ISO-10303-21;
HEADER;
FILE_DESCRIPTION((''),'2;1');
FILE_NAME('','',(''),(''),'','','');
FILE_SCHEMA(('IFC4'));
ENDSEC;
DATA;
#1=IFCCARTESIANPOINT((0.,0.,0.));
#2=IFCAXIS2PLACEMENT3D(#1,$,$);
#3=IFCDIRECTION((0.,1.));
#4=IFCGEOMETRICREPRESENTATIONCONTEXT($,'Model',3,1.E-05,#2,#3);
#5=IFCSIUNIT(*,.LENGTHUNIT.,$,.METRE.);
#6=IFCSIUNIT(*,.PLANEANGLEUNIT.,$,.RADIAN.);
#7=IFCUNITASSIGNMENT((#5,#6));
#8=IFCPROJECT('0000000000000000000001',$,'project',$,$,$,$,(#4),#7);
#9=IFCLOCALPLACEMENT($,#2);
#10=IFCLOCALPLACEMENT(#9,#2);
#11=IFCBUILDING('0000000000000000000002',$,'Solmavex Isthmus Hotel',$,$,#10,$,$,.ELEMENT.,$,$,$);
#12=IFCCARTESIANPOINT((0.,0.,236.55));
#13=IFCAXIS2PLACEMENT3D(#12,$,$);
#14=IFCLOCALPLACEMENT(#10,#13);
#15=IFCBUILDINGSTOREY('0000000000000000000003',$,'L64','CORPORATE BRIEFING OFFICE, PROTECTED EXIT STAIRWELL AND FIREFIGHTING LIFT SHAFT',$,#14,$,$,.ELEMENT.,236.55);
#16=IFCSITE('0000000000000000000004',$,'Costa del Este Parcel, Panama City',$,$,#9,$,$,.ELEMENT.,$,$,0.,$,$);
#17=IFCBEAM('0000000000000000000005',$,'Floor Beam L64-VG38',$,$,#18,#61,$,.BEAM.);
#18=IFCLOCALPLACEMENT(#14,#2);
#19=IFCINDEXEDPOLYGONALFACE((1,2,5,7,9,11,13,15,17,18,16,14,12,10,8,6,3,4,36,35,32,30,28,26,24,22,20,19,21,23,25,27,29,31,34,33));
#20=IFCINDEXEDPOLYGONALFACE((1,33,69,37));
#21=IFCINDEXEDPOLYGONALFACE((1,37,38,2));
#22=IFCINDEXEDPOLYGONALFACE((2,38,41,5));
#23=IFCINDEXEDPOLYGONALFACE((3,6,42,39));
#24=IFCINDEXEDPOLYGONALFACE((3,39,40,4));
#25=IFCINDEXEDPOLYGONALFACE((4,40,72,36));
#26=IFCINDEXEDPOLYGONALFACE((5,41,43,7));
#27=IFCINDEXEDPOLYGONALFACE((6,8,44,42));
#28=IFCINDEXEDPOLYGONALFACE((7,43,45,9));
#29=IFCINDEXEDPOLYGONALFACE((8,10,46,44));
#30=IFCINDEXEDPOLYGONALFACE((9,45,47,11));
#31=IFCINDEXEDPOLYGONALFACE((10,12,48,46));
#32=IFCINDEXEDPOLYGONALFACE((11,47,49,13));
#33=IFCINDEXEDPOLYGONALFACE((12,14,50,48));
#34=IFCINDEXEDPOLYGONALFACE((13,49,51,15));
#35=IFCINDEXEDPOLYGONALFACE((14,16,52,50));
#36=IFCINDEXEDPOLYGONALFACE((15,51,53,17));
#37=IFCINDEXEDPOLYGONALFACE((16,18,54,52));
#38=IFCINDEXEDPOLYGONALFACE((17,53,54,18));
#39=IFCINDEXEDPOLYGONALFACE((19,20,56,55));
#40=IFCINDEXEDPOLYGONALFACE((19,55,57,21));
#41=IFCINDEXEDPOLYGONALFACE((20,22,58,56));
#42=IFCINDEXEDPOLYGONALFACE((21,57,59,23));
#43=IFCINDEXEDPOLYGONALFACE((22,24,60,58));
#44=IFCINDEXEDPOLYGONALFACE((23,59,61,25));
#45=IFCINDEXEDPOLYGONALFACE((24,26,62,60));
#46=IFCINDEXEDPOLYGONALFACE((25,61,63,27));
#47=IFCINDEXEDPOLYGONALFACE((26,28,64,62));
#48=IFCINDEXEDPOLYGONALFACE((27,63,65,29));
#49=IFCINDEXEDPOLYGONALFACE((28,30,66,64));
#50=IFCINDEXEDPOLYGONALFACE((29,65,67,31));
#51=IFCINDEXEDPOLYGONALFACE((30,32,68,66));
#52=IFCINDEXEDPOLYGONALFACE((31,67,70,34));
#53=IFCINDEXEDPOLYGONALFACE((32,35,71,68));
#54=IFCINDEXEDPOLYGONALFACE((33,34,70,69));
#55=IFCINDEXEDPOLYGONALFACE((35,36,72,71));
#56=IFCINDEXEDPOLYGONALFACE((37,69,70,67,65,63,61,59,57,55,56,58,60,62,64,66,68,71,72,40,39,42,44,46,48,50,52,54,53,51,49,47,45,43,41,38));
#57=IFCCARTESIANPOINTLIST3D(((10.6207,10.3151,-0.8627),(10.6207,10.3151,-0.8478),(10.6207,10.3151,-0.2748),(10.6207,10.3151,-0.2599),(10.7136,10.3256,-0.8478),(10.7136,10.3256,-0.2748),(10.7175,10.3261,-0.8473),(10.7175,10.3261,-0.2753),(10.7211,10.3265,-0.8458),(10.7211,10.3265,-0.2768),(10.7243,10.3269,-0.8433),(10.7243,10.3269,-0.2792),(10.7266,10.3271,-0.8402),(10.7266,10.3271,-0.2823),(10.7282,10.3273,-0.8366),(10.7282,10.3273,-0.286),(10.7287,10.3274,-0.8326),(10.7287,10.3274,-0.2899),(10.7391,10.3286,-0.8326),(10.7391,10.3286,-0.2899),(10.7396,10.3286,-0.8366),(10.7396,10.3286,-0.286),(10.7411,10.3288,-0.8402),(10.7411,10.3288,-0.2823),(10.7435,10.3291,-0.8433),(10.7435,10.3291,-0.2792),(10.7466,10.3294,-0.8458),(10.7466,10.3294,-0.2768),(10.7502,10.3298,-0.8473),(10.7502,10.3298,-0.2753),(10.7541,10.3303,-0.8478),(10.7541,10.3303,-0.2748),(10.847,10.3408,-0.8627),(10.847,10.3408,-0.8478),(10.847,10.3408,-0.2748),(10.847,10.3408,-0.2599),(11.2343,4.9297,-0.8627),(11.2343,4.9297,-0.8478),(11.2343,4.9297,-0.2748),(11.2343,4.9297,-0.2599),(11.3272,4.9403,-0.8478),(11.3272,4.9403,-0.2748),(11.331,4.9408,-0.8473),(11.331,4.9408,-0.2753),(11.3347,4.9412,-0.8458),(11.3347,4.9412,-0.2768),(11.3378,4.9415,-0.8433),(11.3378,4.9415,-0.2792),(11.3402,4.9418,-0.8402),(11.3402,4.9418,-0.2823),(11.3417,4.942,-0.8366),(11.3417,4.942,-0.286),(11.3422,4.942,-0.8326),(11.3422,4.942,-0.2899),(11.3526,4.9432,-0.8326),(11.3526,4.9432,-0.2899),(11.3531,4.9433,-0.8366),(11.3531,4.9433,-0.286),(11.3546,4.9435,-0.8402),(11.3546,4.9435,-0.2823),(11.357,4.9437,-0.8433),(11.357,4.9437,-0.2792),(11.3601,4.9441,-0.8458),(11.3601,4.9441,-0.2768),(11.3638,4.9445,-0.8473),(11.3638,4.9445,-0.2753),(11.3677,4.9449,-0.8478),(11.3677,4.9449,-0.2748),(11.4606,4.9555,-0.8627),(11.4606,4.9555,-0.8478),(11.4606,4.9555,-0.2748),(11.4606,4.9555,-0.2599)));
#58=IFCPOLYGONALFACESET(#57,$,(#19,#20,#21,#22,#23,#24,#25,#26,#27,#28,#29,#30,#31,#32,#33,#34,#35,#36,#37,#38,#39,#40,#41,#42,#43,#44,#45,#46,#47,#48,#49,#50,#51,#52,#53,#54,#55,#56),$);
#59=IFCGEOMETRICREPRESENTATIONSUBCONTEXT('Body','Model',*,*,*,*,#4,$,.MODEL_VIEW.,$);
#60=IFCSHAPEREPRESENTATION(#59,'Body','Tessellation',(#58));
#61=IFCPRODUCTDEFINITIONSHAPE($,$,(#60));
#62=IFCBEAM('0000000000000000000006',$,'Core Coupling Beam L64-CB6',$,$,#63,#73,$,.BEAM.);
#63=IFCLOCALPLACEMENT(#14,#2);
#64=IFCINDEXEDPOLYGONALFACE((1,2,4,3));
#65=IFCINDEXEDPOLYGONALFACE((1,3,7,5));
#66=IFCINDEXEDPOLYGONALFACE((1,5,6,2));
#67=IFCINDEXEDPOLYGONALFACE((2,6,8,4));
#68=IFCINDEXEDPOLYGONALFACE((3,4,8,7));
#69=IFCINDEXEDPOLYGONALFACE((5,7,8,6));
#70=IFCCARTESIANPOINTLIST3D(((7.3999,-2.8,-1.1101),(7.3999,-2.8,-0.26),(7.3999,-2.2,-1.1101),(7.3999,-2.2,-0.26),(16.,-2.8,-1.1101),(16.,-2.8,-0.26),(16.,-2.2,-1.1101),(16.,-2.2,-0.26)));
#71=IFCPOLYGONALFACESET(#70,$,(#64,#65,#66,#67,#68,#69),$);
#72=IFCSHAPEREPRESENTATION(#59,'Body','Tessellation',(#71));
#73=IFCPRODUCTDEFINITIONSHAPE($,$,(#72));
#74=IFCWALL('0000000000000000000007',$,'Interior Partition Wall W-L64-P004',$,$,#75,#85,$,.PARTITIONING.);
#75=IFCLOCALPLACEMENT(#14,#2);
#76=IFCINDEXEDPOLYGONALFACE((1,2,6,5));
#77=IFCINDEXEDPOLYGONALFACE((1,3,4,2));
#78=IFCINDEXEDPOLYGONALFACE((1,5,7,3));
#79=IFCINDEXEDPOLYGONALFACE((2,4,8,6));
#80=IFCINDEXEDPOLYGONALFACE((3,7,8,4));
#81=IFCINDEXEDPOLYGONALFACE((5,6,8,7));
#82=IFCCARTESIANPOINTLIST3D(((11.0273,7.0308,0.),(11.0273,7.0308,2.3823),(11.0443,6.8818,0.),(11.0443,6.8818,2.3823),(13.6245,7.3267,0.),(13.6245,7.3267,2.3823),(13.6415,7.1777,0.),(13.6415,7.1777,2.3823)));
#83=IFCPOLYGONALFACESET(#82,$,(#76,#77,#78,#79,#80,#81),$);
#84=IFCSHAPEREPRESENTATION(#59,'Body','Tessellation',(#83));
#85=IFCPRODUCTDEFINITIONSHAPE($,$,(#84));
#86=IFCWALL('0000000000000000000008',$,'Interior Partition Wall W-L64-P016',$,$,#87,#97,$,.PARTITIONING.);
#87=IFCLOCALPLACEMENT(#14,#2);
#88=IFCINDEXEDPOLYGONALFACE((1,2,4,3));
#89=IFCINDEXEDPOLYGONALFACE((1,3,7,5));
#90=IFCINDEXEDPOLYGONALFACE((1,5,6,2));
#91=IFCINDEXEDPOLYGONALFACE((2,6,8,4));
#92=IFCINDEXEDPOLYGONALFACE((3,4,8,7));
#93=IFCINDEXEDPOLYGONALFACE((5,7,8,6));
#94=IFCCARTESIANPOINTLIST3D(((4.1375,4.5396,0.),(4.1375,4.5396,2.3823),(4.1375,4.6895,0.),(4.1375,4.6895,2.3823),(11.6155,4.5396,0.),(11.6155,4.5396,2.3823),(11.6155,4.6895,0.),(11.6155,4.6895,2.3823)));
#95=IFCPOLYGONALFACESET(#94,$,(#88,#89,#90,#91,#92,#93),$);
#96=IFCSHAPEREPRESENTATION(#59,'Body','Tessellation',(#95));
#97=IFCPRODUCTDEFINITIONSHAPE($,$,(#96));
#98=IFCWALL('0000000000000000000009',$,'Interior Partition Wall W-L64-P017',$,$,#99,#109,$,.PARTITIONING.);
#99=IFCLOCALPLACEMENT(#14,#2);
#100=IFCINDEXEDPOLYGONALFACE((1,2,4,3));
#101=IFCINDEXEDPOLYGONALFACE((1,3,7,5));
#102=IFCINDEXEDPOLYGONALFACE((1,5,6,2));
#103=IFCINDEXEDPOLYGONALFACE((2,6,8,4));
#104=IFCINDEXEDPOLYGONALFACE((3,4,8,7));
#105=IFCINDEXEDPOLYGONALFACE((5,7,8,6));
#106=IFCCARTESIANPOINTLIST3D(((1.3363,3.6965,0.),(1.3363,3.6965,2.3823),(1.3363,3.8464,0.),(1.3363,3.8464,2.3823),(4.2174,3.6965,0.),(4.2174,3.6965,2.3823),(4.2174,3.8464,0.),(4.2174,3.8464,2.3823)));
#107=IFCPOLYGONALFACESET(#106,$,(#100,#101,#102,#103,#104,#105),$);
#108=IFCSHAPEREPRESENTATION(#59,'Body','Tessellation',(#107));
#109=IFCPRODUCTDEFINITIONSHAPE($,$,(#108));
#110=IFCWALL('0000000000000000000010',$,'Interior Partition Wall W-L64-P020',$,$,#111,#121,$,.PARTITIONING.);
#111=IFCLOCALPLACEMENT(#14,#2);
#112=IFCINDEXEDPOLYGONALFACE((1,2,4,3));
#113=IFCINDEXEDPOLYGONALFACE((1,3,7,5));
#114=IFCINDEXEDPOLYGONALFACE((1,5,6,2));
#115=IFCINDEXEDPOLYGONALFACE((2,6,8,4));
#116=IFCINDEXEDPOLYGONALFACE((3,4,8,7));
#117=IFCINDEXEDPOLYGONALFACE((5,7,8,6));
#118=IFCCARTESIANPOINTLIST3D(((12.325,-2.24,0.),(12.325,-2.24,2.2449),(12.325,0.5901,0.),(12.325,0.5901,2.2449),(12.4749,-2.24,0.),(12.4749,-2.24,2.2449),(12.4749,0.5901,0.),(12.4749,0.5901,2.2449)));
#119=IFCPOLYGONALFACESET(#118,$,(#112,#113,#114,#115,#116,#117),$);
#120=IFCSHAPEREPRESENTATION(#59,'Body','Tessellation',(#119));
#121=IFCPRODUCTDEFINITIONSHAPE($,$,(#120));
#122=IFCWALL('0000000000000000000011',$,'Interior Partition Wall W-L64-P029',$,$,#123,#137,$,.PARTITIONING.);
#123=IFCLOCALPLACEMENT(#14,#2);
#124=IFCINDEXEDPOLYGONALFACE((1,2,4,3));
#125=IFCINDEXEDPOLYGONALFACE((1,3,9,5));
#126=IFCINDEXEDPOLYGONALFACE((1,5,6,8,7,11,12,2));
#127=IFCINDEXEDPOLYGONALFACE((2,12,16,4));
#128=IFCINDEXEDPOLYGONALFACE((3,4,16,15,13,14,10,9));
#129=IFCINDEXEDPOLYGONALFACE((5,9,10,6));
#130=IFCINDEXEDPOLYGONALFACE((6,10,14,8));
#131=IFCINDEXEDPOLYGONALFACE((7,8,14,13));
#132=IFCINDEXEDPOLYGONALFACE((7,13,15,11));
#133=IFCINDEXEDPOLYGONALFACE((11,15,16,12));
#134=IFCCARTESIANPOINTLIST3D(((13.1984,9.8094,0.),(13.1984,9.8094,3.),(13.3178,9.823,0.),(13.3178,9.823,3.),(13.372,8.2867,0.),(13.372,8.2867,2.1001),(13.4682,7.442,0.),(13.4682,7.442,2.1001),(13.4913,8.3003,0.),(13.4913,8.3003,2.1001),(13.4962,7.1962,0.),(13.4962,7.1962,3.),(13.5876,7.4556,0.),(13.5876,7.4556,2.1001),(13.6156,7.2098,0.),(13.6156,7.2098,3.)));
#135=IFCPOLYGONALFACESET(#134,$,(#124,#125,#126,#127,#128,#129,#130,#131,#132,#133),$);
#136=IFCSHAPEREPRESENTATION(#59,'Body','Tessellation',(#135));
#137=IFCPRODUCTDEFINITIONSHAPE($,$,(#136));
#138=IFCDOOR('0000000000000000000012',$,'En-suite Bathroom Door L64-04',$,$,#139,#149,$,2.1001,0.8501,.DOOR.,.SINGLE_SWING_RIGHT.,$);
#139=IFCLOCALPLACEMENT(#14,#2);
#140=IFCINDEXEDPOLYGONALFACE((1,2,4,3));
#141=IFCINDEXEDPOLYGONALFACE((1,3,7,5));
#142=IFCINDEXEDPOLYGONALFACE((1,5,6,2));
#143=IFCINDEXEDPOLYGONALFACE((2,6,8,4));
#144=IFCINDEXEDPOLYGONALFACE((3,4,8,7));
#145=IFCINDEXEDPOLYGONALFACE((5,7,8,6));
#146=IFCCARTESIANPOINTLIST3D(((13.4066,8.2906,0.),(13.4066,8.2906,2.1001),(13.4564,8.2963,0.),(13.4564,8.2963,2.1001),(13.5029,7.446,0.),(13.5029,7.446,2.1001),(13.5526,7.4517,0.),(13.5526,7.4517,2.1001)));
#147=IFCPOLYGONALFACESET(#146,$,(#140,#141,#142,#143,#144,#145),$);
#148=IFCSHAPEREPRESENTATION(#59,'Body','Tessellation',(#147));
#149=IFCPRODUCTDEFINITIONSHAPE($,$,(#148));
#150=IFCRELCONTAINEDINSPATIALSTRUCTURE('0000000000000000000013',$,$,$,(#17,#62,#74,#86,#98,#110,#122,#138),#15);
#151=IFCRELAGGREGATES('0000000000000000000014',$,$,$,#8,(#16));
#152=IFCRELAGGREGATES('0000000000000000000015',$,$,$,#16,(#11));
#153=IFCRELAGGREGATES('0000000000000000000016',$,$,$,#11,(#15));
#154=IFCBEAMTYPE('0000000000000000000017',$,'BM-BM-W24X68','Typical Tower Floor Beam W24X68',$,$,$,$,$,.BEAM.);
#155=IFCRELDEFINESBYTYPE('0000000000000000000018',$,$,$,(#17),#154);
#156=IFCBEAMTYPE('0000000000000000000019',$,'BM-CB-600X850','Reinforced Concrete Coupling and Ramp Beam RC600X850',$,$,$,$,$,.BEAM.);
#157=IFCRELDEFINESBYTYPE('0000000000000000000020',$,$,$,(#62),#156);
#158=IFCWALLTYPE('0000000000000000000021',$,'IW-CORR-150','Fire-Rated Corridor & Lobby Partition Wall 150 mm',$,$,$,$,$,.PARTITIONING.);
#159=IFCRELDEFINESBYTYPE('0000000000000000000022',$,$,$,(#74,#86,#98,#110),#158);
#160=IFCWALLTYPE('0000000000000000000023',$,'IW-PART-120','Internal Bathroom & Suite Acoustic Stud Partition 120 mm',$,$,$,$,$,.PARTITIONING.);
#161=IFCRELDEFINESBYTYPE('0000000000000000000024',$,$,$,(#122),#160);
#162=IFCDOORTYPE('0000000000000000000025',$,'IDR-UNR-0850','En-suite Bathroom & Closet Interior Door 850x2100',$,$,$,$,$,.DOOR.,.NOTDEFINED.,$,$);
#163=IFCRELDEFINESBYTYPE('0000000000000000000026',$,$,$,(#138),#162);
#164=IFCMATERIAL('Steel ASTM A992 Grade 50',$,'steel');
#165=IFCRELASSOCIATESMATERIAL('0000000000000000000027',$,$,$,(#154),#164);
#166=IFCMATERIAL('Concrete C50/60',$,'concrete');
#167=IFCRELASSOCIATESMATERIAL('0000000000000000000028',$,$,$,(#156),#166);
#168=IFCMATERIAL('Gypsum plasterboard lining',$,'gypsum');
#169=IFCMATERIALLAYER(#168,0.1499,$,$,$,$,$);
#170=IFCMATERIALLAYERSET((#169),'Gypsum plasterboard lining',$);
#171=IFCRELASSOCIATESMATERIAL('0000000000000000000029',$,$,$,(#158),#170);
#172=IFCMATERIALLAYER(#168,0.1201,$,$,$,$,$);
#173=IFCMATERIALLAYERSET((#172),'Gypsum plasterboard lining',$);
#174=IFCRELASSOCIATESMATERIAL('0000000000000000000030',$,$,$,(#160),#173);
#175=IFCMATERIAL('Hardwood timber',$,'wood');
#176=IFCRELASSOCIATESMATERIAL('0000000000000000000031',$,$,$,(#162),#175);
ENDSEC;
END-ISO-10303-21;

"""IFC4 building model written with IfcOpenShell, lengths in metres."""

from ifc_helpers import new_model, si_unit, direction, frame, frame_2d, origin, origin_2d, place, context, subcontext, project, spatial, rectangle, i_section, extrude, material, layer, layer_set, material_profile, profile_set, type_object, element, fill, save


model = new_model("IFC4")

# Units and contexts
model_context = context("Model", 3, precision=1e-05, world=origin(), true_north=direction((0.0, 1.0)))
body_context = subcontext(model_context, "Body", "Model", "MODEL_VIEW")
ifc_project = project(units=[si_unit("LENGTHUNIT", "METRE"), si_unit("PLANEANGLEUNIT", "RADIAN")], contexts=[model_context])

# Site, building, storey
site_placement = place(None, origin())
site = spatial("IfcSite", under=ifc_project, at=site_placement, Name="Costa del Este Parcel, Panama City", CompositionType="ELEMENT", RefElevation=0.0)
building_placement = place(site_placement, origin())
building = spatial("IfcBuilding", under=site, at=building_placement, Name="Solmavex Isthmus Hotel", CompositionType="ELEMENT")
storey_placement = place(building_placement, frame((0.0, 0.0, 236.55)))
storey = spatial("IfcBuildingStorey", under=building, at=storey_placement, Name="L64", Description="CORPORATE BRIEFING OFFICE, PROTECTED EXIT STAIRWELL AND FIREFIGHTING LIFT SHAFT", CompositionType="ELEMENT", Elevation=236.55)

# Shared definitions
ifc_material_1 = material(Name="Concrete C50/60", Category="concrete")

# Beams
ifc_material_2 = material(Name="Steel ASTM A992 Grade 50", Category="steel")
ifc_material_profile_1 = material_profile(ifc_material_2, i_section(OverallWidth=0.2278, OverallDepth=0.6028, WebThickness=0.0105, FlangeThickness=0.0149, FilletRadius=0.0151, at=origin_2d()), Name="W24X68")
ifc_profile_set_1 = profile_set([ifc_material_profile_1], Name="Steel ASTM A992 Grade 50")
beam_type_1 = type_object("IfcBeamType", Name="BM-BM-W24X68", Description="Typical Tower Floor Beam W24X68", PredefinedType="BEAM", material=ifc_profile_set_1)
beam_1_placement = place(storey_placement, frame((11.3474, 4.9426, -0.5613), z_axis=(-0.113195, 0.993573, 0.0), x_axis=(-0.993573, -0.113195, 0.0)))
element("IfcBeam", 1, at=beam_1_placement, inside=storey, type_object=beam_type_1, Name="Floor Beam L64-VG38", PredefinedType="BEAM", context=body_context, shape_type="SweptSolid", body=[
    extrude(i_section(OverallWidth=0.2278, OverallDepth=0.6028, WebThickness=0.0105, FlangeThickness=0.0149, FilletRadius=0.0151, at=origin_2d()), origin(), (0.0, 0.0, 1.0), 5.4202),
])
ifc_material_profile_2 = material_profile(ifc_material_1, rectangle(XDim=0.6001, YDim=0.8501, at=origin_2d()), Name="RC600X850")
ifc_profile_set_2 = profile_set([ifc_material_profile_2], Name="Concrete C50/60")
beam_type_2 = type_object("IfcBeamType", Name="BM-CB-600X850", Description="Reinforced Concrete Coupling and Ramp Beam RC600X850", PredefinedType="BEAM", material=ifc_profile_set_2)
beam_2_placement = place(storey_placement, frame((7.3999, -2.5, -0.6851), z_axis=(1.0, 0.0, 0.0), x_axis=(0.0, 1.0, 0.0)))
element("IfcBeam", 2, at=beam_2_placement, inside=storey, type_object=beam_type_2, Name="Core Coupling Beam L64-CB6", PredefinedType="BEAM", context=body_context, shape_type="SweptSolid", body=[
    extrude(rectangle(XDim=0.6001, YDim=0.8501, at=origin_2d()), origin(), (0.0, 0.0, 1.0), 8.6001),
])

# Shared definitions
ifc_material_3 = material(Name="Gypsum plasterboard lining", Category="gypsum")
ifc_layer_1 = layer(ifc_material_3, 0.1499)
ifc_layer_set_1 = layer_set([ifc_layer_1], Name="Gypsum plasterboard lining")
wall_type_1 = type_object("IfcWallType", Name="IW-CORR-150", Description="Fire-Rated Corridor & Lobby Partition Wall 150 mm", PredefinedType="PARTITIONING", material=ifc_layer_set_1)
ifc_material_4 = material(Name="Hardwood timber", Category="wood")

# Walls
wall_1_placement = place(storey_placement, frame((11.0356, 6.9563, 0.0), z_axis=(0.0, 0.0, 1.0), x_axis=(0.993572, 0.113199, 0.0)))
element("IfcWall", 3, at=wall_1_placement, inside=storey, type_object=wall_type_1, Name="Interior Partition Wall W-L64-P004", PredefinedType="PARTITIONING", context=body_context, shape_type="SweptSolid", body=[
    extrude(rectangle(XDim=2.614, YDim=0.1499, at=frame_2d((1.3071, 0.0))), origin(), (0.0, 0.0, 1.0), 2.3823),
])
wall_2_placement = place(storey_placement, frame((11.6155, 4.6145, 0.0), z_axis=(0.0, 0.0, 1.0), x_axis=(-1.0, 0.0, 0.0)))
element("IfcWall", 4, at=wall_2_placement, inside=storey, type_object=wall_type_1, Name="Interior Partition Wall W-L64-P016", PredefinedType="PARTITIONING", context=body_context, shape_type="SweptSolid", body=[
    extrude(rectangle(XDim=7.478, YDim=0.1499, at=frame_2d((3.739, 0.0))), origin(), (0.0, 0.0, 1.0), 2.3823),
])
wall_3_placement = place(storey_placement, frame((4.2173, 3.7715, 0.0), z_axis=(0.0, 0.0, 1.0), x_axis=(-1.0, 0.0, 0.0)))
element("IfcWall", 5, at=wall_3_placement, inside=storey, type_object=wall_type_1, Name="Interior Partition Wall W-L64-P017", PredefinedType="PARTITIONING", context=body_context, shape_type="SweptSolid", body=[
    extrude(rectangle(XDim=2.8811, YDim=0.1499, at=frame_2d((1.4404, 0.0))), origin(), (0.0, 0.0, 1.0), 2.3823),
])
wall_4_placement = place(storey_placement, frame((12.3999, 0.5901, 0.0), z_axis=(0.0, 0.0, 1.0), x_axis=(0.0, -1.0, 0.0)))
element("IfcWall", 6, at=wall_4_placement, inside=storey, type_object=wall_type_1, Name="Interior Partition Wall W-L64-P020", PredefinedType="PARTITIONING", context=body_context, shape_type="SweptSolid", body=[
    extrude(rectangle(XDim=2.8301, YDim=0.1499, at=frame_2d((1.415, 0.0))), origin(), (0.0, 0.0, 1.0), 2.2449),
])

# Wall, opening, door
ifc_layer_2 = layer(ifc_material_3, 0.1201)
ifc_layer_set_2 = layer_set([ifc_layer_2], Name="Gypsum plasterboard lining")
wall_type_2 = type_object("IfcWallType", Name="IW-PART-120", Description="Internal Bathroom & Suite Acoustic Stud Partition 120 mm", PredefinedType="PARTITIONING", material=ifc_layer_set_2)
wall_5_placement = place(storey_placement, frame((13.5559, 7.2031, 0.0), z_axis=(0.0, 0.0, 1.0), x_axis=(-0.113243, 0.993567, 0.0)))
wall_5 = element("IfcWall", 7, at=wall_5_placement, inside=storey, type_object=wall_type_2, Name="Interior Partition Wall W-L64-P029", PredefinedType="PARTITIONING", context=body_context, shape_type="SweptSolid", body=[
    extrude(rectangle(XDim=2.6301, YDim=0.1201, at=frame_2d((1.3149, 0.0))), origin(), (0.0, 0.0, 1.0), 3.0),
])
opening_1_placement = place(wall_5_placement, frame((0.2473, 0.0, 0.0)))
opening_1 = element("IfcOpeningElement", 8, at=opening_1_placement, cuts=wall_5, PredefinedType="OPENING", context=body_context, shape_type="SweptSolid", body=[
    extrude(rectangle(XDim=0.8501, YDim=2.1001, at=frame_2d((0.425, 1.05))), frame((0.0, 0.0701, 0.0), z_axis=(0.0, -1.0, 0.0), x_axis=(1.0, 0.0, 0.0)), (0.0, 0.0, 1.0), 0.1401),
])
door_type_1 = type_object("IfcDoorType", Name="IDR-UNR-0850", Description="En-suite Bathroom & Closet Interior Door 850x2100", OperationType="NOTDEFINED", PredefinedType="DOOR", material=ifc_material_4)
door_1_placement = place(opening_1_placement, frame((0.8501, 0.0, 0.0), z_axis=(0.0, 0.0, 1.0), x_axis=(-1.0, 0.0, 0.0)))
door_1 = element("IfcDoor", 9, at=door_1_placement, inside=storey, type_object=door_type_1, Name="En-suite Bathroom Door L64-04", OperationType="SINGLE_SWING_RIGHT", OverallHeight=2.1001, OverallWidth=0.8501, PredefinedType="DOOR", context=body_context, shape_type="SweptSolid", body=[
    extrude(rectangle(XDim=0.8501, YDim=2.1001, at=frame_2d((0.425, 1.05))), frame((0.0, 0.0249, 0.0), z_axis=(0.0, -1.0, 0.0), x_axis=(1.0, 0.0, 0.0)), (0.0, 0.0, 1.0), 0.05),
])
fill(opening_1, door_1)

save(model, "model.ifc")
